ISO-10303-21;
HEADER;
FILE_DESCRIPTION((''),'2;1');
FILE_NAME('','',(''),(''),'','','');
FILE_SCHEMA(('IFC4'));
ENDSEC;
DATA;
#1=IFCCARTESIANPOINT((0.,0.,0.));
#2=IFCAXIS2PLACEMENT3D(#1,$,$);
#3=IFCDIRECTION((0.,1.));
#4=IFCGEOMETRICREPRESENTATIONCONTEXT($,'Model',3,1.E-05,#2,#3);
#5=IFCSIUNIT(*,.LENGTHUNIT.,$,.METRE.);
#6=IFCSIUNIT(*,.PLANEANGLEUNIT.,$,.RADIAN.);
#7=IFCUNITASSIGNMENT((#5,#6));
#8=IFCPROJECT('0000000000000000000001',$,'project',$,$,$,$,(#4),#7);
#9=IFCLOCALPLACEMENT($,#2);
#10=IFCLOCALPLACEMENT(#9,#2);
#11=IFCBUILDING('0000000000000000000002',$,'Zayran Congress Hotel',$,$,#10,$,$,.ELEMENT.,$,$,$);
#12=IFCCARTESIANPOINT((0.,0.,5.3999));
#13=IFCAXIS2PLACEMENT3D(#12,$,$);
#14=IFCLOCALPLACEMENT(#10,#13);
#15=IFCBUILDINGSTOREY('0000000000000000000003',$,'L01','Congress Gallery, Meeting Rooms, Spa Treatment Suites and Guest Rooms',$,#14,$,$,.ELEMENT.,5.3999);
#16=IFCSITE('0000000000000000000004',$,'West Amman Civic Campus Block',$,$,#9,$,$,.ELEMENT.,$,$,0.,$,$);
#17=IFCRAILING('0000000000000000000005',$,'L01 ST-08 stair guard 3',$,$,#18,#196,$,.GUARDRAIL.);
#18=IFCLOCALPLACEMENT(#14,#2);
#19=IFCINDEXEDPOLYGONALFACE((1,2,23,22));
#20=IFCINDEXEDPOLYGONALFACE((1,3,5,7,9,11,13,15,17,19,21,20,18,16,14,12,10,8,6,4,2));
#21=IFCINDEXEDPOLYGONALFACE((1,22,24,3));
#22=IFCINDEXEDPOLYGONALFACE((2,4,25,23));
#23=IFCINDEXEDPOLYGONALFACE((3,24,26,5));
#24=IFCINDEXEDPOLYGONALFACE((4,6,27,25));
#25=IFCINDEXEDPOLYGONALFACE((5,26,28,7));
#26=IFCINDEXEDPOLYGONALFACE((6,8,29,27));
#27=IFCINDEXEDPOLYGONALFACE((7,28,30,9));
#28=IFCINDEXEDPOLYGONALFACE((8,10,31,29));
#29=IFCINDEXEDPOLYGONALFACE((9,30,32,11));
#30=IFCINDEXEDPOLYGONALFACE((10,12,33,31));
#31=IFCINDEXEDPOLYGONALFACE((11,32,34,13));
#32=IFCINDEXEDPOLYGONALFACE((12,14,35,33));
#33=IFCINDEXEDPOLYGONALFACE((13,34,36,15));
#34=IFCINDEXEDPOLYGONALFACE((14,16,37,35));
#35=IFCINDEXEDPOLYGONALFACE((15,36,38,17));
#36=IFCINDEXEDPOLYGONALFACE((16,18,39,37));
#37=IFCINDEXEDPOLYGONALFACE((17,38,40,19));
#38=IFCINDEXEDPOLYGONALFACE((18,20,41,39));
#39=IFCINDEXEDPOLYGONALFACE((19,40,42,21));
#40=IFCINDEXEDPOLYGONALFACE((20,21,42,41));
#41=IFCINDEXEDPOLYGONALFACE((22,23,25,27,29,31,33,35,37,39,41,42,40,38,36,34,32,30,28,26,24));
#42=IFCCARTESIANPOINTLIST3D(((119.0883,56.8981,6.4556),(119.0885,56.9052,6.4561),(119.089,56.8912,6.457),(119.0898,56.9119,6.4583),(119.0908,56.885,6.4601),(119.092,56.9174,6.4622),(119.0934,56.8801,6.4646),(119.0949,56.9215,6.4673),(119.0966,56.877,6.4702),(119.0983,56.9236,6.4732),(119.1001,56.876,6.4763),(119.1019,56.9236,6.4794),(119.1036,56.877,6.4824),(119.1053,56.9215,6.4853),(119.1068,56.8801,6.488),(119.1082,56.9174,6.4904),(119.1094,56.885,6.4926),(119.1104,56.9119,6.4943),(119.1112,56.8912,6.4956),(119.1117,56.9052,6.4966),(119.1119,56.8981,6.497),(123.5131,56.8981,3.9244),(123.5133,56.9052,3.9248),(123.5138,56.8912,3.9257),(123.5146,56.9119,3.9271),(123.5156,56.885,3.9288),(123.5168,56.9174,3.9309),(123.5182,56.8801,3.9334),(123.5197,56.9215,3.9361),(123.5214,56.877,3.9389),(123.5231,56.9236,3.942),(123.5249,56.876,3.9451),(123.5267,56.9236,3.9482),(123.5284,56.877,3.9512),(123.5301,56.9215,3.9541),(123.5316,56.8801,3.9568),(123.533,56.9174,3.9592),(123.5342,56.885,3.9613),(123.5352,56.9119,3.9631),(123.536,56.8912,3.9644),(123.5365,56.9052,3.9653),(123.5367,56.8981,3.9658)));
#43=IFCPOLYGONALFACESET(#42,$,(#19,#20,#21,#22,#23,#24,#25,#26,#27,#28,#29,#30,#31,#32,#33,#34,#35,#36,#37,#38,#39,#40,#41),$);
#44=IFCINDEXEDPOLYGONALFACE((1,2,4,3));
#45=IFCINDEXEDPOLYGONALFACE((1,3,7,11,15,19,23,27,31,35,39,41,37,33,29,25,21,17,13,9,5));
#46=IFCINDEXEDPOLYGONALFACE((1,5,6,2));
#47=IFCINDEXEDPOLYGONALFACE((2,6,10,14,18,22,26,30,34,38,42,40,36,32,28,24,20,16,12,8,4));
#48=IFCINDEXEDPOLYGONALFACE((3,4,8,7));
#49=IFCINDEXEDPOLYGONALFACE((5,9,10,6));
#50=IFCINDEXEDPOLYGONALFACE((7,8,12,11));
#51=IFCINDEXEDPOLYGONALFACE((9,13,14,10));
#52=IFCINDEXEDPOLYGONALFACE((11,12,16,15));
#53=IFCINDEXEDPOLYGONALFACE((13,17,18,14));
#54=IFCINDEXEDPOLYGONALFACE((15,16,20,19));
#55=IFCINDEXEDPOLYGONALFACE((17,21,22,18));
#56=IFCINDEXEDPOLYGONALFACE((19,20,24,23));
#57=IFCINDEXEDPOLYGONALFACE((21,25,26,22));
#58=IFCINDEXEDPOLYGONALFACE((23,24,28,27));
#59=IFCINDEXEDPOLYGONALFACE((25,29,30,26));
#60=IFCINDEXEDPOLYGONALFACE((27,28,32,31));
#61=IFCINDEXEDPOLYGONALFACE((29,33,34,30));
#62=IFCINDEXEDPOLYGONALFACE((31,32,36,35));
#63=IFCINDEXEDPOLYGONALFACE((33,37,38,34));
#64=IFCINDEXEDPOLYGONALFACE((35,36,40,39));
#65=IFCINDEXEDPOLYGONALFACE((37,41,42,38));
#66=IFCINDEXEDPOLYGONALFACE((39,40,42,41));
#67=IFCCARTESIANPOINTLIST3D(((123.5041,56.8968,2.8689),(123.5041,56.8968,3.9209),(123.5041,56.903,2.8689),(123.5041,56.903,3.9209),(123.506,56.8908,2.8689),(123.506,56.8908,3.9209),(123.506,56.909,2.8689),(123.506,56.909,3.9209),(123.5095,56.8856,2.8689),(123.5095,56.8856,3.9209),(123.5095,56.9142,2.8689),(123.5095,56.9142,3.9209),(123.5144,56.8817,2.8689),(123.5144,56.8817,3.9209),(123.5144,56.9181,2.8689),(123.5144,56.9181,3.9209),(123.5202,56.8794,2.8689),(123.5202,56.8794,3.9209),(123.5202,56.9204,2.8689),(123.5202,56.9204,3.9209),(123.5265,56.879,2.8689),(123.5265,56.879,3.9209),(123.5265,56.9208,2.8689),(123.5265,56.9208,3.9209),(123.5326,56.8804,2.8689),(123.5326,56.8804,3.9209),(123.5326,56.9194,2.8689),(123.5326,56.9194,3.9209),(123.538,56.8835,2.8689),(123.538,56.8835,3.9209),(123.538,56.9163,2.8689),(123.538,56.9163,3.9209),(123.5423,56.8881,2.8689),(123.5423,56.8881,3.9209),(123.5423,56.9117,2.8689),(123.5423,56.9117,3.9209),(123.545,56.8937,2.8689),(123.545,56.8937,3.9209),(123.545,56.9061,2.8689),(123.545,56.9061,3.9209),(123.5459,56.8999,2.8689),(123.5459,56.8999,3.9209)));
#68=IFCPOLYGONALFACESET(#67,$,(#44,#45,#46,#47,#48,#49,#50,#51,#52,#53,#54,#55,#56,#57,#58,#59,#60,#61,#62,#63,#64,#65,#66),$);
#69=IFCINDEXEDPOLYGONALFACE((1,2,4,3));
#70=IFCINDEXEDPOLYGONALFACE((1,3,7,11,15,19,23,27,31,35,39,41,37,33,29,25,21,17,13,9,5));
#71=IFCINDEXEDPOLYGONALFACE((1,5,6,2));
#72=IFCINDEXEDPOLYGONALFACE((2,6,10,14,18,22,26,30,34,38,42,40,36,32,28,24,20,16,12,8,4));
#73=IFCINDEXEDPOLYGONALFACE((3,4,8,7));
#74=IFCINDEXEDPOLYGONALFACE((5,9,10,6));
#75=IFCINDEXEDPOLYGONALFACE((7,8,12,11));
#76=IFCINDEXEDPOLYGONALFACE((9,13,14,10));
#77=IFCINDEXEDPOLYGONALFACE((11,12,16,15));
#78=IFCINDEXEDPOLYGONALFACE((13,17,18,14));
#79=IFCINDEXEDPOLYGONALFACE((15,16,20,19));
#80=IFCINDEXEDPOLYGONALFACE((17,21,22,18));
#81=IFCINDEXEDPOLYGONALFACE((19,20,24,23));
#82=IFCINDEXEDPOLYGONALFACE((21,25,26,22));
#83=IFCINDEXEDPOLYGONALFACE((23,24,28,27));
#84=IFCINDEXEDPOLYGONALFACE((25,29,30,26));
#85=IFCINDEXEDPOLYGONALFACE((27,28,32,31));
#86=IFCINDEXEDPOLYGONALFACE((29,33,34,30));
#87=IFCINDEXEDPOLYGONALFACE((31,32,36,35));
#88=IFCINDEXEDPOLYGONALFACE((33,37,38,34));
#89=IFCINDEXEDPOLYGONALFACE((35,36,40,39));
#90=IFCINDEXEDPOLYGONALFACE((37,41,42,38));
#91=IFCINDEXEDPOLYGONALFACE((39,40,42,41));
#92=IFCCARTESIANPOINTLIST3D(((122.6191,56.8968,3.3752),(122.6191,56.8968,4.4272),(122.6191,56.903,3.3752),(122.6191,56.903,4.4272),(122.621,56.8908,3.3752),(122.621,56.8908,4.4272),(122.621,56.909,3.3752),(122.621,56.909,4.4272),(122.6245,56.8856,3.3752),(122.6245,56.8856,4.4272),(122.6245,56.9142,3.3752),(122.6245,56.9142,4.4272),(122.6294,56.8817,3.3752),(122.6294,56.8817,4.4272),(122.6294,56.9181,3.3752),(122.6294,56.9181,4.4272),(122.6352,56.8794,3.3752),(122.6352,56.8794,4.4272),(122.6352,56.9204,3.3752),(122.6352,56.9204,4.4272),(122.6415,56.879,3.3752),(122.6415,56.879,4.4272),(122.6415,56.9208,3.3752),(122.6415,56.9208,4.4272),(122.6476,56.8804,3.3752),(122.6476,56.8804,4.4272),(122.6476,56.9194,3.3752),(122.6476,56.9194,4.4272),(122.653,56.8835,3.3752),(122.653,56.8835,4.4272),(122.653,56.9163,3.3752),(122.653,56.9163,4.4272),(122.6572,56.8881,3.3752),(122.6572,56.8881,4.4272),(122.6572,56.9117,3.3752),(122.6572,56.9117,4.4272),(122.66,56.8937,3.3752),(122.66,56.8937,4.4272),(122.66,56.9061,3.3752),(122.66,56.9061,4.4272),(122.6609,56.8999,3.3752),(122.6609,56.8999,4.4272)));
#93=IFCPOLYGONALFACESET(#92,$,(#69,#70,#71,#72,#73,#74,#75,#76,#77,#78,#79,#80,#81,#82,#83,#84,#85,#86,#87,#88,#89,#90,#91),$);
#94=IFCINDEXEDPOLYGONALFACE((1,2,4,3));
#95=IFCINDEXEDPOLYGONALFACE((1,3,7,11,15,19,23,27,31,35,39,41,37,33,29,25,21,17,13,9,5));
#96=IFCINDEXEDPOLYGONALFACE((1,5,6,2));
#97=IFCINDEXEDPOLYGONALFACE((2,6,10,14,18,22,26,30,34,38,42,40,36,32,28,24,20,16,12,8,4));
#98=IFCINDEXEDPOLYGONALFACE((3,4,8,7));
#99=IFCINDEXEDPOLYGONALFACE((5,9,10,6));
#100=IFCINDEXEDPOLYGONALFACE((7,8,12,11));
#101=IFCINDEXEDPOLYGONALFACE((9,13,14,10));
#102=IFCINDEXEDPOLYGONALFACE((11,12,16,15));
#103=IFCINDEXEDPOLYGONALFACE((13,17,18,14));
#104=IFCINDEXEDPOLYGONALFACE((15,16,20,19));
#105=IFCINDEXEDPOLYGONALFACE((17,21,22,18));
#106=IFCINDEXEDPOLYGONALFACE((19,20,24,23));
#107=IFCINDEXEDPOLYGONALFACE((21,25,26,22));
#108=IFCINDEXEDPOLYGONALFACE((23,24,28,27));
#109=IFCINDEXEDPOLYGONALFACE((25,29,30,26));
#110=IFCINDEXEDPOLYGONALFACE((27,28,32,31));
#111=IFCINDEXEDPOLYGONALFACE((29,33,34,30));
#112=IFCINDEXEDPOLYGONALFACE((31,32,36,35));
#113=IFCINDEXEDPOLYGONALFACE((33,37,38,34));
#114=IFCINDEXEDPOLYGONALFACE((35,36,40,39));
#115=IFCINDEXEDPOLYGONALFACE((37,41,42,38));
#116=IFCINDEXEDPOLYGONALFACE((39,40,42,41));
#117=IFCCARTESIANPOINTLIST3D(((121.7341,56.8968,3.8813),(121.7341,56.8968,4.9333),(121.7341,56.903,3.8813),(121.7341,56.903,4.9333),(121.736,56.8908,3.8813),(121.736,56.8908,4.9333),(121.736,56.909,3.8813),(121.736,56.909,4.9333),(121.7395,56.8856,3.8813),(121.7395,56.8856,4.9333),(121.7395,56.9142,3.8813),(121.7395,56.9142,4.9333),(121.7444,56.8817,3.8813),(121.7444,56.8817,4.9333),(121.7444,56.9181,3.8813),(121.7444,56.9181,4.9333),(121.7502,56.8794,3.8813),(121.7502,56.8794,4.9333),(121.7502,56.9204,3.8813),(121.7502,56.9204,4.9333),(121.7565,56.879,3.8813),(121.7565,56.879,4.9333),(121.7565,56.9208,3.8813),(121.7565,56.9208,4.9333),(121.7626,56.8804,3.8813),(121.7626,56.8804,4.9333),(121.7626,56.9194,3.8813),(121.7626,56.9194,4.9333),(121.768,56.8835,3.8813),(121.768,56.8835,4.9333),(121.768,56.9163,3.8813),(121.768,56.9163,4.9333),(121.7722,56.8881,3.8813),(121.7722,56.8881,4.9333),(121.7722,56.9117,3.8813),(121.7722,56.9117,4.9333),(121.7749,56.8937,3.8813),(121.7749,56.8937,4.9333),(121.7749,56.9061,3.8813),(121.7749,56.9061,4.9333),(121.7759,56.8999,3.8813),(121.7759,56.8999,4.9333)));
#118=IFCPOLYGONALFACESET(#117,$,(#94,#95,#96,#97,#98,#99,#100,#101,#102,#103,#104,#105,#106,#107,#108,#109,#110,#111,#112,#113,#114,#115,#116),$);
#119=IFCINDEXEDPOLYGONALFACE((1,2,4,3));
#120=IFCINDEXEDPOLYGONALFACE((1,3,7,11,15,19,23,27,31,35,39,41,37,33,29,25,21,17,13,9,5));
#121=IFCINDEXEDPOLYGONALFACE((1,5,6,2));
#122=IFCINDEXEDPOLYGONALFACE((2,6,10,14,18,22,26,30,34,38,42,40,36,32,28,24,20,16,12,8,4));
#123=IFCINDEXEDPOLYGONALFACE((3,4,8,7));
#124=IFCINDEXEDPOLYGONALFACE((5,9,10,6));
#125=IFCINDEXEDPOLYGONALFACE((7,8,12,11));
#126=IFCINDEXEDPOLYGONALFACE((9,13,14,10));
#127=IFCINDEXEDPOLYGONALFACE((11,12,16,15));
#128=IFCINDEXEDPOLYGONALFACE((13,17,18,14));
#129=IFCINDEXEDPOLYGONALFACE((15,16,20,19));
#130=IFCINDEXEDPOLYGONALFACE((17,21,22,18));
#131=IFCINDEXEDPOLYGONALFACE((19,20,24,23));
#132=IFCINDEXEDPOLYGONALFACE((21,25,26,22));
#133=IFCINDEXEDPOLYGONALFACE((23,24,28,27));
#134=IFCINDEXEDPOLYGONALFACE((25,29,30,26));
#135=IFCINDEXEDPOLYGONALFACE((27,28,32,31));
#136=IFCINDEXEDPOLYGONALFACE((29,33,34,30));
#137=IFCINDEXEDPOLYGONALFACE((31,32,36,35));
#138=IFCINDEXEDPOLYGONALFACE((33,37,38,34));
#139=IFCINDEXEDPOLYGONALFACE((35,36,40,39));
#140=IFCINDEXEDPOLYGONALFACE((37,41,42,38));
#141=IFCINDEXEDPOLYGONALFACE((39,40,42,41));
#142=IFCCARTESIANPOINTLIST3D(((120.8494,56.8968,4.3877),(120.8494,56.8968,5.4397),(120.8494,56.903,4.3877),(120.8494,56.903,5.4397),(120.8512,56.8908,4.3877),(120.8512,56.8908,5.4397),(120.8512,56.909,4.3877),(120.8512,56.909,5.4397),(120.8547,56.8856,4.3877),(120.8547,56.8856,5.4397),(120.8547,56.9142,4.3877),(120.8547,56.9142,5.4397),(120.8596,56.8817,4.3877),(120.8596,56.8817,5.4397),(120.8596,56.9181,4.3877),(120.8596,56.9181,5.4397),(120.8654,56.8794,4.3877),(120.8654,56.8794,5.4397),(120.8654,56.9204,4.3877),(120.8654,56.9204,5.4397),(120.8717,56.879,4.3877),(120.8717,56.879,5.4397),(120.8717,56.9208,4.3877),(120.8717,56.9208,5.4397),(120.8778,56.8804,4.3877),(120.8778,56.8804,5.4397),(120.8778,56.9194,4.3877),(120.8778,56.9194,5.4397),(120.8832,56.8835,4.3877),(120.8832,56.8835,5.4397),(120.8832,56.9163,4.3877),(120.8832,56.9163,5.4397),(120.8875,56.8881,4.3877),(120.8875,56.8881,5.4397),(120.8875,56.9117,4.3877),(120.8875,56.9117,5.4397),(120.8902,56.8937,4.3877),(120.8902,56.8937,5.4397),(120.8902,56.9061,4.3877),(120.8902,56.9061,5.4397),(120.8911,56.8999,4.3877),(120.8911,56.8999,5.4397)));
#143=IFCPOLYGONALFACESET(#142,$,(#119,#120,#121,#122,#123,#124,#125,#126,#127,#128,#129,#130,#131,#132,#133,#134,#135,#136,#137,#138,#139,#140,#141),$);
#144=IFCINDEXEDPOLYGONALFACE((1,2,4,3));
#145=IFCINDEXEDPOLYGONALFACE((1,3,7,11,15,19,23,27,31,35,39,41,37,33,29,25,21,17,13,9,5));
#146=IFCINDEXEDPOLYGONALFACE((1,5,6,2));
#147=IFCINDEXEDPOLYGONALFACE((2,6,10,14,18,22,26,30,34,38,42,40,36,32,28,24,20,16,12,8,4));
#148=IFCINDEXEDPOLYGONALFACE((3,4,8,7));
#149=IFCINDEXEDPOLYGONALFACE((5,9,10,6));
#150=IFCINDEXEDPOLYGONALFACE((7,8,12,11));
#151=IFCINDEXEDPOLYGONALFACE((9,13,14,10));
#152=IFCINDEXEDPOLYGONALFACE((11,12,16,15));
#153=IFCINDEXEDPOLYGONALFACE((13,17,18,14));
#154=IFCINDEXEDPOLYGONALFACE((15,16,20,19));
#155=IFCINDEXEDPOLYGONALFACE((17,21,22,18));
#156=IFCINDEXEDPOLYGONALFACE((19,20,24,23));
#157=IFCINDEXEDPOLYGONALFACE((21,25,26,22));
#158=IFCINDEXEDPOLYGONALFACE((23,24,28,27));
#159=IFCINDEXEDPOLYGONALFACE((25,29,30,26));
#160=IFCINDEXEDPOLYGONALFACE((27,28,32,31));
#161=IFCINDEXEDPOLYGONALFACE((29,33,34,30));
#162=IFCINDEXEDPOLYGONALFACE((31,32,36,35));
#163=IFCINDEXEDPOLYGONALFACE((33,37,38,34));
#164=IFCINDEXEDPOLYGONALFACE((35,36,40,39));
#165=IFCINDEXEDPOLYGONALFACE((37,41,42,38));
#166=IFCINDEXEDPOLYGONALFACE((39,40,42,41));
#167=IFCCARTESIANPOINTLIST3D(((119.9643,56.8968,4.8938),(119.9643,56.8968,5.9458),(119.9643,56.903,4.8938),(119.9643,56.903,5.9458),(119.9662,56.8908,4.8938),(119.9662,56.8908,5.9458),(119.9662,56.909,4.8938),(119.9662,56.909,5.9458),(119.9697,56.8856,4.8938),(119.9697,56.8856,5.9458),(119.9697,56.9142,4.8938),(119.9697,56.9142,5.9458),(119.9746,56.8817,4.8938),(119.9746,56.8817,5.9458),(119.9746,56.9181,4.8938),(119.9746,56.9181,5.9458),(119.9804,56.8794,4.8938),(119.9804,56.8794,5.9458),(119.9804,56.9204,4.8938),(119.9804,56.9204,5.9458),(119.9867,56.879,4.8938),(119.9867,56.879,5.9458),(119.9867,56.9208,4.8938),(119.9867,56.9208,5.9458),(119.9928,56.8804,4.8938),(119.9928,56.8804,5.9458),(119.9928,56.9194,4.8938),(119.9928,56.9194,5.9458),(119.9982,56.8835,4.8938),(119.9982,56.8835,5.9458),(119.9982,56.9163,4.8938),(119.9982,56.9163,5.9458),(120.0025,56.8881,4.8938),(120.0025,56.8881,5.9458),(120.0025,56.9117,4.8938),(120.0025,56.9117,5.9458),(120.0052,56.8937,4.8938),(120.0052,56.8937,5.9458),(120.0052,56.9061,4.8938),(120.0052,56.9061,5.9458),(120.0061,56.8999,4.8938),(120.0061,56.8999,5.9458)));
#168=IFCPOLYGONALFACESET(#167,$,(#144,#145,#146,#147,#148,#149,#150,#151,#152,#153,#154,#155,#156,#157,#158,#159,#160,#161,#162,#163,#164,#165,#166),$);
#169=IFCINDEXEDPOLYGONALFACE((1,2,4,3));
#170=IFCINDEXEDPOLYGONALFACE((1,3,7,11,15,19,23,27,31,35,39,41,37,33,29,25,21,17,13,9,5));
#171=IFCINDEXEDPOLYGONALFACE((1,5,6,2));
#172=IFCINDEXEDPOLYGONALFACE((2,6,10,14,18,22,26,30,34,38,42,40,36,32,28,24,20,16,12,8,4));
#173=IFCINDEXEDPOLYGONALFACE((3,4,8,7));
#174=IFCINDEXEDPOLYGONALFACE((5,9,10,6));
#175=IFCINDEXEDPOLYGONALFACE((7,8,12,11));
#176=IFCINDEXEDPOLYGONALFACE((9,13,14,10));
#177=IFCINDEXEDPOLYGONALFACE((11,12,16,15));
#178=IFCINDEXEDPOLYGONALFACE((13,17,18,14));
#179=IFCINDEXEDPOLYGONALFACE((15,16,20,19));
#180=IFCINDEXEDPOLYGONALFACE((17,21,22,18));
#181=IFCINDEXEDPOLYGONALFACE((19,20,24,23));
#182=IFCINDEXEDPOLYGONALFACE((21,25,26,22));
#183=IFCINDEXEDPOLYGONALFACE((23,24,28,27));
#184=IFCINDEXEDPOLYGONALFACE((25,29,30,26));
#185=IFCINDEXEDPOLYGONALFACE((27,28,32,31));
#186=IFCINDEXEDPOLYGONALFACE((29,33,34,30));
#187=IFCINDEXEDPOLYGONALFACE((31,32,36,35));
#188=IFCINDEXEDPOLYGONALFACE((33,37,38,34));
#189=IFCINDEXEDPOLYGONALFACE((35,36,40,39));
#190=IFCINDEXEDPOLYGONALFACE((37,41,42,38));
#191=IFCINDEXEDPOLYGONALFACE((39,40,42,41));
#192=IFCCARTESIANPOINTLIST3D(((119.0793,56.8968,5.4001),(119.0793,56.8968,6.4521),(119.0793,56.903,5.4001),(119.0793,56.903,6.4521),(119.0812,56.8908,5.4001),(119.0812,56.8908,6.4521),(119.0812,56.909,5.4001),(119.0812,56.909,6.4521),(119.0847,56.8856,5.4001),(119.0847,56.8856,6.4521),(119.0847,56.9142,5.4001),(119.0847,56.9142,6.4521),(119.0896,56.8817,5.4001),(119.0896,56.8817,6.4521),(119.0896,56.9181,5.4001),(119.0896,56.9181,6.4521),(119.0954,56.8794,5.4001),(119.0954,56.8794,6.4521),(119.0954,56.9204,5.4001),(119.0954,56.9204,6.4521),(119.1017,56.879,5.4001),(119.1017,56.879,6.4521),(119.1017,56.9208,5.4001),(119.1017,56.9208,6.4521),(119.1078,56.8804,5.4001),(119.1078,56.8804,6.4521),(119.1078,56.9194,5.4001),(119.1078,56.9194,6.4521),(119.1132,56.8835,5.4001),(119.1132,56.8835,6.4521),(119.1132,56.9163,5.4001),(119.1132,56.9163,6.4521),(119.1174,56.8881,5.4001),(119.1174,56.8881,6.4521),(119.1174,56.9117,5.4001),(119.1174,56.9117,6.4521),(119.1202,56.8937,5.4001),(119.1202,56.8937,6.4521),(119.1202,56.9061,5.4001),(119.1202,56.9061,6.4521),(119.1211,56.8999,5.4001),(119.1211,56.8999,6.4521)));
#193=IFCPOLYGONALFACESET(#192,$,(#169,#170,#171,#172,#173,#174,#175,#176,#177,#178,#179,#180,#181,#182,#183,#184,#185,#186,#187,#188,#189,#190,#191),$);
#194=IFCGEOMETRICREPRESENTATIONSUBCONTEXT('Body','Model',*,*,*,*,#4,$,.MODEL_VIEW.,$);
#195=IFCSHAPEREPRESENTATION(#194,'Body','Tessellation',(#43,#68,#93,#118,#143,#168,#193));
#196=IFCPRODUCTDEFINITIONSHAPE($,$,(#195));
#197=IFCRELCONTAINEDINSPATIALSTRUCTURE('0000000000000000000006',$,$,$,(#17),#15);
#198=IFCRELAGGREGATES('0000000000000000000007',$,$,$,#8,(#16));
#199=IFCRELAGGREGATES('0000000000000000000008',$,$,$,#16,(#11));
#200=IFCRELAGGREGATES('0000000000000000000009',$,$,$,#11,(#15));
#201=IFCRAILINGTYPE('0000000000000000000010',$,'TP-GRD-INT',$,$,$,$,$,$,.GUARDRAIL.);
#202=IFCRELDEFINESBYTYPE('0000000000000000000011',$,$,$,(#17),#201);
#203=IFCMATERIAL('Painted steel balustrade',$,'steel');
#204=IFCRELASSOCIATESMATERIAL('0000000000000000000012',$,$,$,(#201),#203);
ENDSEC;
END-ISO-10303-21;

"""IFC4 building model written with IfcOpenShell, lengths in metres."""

from ifc_helpers import new_model, si_unit, direction, frame, origin, origin_2d, place, context, subcontext, project, spatial, circle, extrude, material, type_object, element, save


model = new_model("IFC4")

# Units and contexts
model_context = context("Model", 3, precision=1e-05, world=origin(), true_north=direction((0.0, 1.0)))
body_context = subcontext(model_context, "Body", "Model", "MODEL_VIEW")
ifc_project = project(units=[si_unit("LENGTHUNIT", "METRE"), si_unit("PLANEANGLEUNIT", "RADIAN")], contexts=[model_context])

# Site, building, storey
site_placement = place(None, origin())
site = spatial("IfcSite", under=ifc_project, at=site_placement, Name="West Amman Civic Campus Block", CompositionType="ELEMENT", RefElevation=0.0)
building_placement = place(site_placement, origin())
building = spatial("IfcBuilding", under=site, at=building_placement, Name="Zayran Congress Hotel", CompositionType="ELEMENT")
storey_placement = place(building_placement, frame((0.0, 0.0, 5.3999)))
storey = spatial("IfcBuildingStorey", under=building, at=storey_placement, Name="L01", Description="Congress Gallery, Meeting Rooms, Spa Treatment Suites and Guest Rooms", CompositionType="ELEMENT", Elevation=5.3999)

# Railing
ifc_material_1 = material(Name="Painted steel balustrade", Category="steel")
railing_type_1 = type_object("IfcRailingType", Name="TP-GRD-INT", PredefinedType="GUARDRAIL", material=ifc_material_1)
railing_1_placement = place(storey_placement, frame((123.5249, 56.8999, 2.8689)))
element("IfcRailing", 1, at=railing_1_placement, inside=storey, type_object=railing_type_1, Name="L01 ST-08 stair guard 3", PredefinedType="GUARDRAIL", context=body_context, shape_type="SweptSolid", body=[
    extrude(circle(Radius=0.0239, at=origin_2d()), frame((0.0, 0.0, 1.0762), z_axis=(-0.868007, 0.0, 0.496551), x_axis=(0.0, -1.0, 0.0)), (0.0, 0.0, 1.0), 5.0977),
    extrude(circle(Radius=0.021, at=origin_2d()), origin(), (0.0, 0.0, 1.0), 1.052),
    extrude(circle(Radius=0.021, at=origin_2d()), frame((-0.885, 0.0, 0.5063)), (0.0, 0.0, 1.0), 1.052),
    extrude(circle(Radius=0.021, at=origin_2d()), frame((-1.77, 0.0, 1.0125)), (0.0, 0.0, 1.0), 1.052),
    extrude(circle(Radius=0.021, at=origin_2d()), frame((-2.6548, 0.0, 1.5188)), (0.0, 0.0, 1.0), 1.052),
    extrude(circle(Radius=0.021, at=origin_2d()), frame((-3.5398, 0.0, 2.0249)), (0.0, 0.0, 1.0), 1.052),
    extrude(circle(Radius=0.021, at=origin_2d()), frame((-4.4248, 0.0, 2.5312)), (0.0, 0.0, 1.0), 1.052),
])

save(model, "model.ifc")
